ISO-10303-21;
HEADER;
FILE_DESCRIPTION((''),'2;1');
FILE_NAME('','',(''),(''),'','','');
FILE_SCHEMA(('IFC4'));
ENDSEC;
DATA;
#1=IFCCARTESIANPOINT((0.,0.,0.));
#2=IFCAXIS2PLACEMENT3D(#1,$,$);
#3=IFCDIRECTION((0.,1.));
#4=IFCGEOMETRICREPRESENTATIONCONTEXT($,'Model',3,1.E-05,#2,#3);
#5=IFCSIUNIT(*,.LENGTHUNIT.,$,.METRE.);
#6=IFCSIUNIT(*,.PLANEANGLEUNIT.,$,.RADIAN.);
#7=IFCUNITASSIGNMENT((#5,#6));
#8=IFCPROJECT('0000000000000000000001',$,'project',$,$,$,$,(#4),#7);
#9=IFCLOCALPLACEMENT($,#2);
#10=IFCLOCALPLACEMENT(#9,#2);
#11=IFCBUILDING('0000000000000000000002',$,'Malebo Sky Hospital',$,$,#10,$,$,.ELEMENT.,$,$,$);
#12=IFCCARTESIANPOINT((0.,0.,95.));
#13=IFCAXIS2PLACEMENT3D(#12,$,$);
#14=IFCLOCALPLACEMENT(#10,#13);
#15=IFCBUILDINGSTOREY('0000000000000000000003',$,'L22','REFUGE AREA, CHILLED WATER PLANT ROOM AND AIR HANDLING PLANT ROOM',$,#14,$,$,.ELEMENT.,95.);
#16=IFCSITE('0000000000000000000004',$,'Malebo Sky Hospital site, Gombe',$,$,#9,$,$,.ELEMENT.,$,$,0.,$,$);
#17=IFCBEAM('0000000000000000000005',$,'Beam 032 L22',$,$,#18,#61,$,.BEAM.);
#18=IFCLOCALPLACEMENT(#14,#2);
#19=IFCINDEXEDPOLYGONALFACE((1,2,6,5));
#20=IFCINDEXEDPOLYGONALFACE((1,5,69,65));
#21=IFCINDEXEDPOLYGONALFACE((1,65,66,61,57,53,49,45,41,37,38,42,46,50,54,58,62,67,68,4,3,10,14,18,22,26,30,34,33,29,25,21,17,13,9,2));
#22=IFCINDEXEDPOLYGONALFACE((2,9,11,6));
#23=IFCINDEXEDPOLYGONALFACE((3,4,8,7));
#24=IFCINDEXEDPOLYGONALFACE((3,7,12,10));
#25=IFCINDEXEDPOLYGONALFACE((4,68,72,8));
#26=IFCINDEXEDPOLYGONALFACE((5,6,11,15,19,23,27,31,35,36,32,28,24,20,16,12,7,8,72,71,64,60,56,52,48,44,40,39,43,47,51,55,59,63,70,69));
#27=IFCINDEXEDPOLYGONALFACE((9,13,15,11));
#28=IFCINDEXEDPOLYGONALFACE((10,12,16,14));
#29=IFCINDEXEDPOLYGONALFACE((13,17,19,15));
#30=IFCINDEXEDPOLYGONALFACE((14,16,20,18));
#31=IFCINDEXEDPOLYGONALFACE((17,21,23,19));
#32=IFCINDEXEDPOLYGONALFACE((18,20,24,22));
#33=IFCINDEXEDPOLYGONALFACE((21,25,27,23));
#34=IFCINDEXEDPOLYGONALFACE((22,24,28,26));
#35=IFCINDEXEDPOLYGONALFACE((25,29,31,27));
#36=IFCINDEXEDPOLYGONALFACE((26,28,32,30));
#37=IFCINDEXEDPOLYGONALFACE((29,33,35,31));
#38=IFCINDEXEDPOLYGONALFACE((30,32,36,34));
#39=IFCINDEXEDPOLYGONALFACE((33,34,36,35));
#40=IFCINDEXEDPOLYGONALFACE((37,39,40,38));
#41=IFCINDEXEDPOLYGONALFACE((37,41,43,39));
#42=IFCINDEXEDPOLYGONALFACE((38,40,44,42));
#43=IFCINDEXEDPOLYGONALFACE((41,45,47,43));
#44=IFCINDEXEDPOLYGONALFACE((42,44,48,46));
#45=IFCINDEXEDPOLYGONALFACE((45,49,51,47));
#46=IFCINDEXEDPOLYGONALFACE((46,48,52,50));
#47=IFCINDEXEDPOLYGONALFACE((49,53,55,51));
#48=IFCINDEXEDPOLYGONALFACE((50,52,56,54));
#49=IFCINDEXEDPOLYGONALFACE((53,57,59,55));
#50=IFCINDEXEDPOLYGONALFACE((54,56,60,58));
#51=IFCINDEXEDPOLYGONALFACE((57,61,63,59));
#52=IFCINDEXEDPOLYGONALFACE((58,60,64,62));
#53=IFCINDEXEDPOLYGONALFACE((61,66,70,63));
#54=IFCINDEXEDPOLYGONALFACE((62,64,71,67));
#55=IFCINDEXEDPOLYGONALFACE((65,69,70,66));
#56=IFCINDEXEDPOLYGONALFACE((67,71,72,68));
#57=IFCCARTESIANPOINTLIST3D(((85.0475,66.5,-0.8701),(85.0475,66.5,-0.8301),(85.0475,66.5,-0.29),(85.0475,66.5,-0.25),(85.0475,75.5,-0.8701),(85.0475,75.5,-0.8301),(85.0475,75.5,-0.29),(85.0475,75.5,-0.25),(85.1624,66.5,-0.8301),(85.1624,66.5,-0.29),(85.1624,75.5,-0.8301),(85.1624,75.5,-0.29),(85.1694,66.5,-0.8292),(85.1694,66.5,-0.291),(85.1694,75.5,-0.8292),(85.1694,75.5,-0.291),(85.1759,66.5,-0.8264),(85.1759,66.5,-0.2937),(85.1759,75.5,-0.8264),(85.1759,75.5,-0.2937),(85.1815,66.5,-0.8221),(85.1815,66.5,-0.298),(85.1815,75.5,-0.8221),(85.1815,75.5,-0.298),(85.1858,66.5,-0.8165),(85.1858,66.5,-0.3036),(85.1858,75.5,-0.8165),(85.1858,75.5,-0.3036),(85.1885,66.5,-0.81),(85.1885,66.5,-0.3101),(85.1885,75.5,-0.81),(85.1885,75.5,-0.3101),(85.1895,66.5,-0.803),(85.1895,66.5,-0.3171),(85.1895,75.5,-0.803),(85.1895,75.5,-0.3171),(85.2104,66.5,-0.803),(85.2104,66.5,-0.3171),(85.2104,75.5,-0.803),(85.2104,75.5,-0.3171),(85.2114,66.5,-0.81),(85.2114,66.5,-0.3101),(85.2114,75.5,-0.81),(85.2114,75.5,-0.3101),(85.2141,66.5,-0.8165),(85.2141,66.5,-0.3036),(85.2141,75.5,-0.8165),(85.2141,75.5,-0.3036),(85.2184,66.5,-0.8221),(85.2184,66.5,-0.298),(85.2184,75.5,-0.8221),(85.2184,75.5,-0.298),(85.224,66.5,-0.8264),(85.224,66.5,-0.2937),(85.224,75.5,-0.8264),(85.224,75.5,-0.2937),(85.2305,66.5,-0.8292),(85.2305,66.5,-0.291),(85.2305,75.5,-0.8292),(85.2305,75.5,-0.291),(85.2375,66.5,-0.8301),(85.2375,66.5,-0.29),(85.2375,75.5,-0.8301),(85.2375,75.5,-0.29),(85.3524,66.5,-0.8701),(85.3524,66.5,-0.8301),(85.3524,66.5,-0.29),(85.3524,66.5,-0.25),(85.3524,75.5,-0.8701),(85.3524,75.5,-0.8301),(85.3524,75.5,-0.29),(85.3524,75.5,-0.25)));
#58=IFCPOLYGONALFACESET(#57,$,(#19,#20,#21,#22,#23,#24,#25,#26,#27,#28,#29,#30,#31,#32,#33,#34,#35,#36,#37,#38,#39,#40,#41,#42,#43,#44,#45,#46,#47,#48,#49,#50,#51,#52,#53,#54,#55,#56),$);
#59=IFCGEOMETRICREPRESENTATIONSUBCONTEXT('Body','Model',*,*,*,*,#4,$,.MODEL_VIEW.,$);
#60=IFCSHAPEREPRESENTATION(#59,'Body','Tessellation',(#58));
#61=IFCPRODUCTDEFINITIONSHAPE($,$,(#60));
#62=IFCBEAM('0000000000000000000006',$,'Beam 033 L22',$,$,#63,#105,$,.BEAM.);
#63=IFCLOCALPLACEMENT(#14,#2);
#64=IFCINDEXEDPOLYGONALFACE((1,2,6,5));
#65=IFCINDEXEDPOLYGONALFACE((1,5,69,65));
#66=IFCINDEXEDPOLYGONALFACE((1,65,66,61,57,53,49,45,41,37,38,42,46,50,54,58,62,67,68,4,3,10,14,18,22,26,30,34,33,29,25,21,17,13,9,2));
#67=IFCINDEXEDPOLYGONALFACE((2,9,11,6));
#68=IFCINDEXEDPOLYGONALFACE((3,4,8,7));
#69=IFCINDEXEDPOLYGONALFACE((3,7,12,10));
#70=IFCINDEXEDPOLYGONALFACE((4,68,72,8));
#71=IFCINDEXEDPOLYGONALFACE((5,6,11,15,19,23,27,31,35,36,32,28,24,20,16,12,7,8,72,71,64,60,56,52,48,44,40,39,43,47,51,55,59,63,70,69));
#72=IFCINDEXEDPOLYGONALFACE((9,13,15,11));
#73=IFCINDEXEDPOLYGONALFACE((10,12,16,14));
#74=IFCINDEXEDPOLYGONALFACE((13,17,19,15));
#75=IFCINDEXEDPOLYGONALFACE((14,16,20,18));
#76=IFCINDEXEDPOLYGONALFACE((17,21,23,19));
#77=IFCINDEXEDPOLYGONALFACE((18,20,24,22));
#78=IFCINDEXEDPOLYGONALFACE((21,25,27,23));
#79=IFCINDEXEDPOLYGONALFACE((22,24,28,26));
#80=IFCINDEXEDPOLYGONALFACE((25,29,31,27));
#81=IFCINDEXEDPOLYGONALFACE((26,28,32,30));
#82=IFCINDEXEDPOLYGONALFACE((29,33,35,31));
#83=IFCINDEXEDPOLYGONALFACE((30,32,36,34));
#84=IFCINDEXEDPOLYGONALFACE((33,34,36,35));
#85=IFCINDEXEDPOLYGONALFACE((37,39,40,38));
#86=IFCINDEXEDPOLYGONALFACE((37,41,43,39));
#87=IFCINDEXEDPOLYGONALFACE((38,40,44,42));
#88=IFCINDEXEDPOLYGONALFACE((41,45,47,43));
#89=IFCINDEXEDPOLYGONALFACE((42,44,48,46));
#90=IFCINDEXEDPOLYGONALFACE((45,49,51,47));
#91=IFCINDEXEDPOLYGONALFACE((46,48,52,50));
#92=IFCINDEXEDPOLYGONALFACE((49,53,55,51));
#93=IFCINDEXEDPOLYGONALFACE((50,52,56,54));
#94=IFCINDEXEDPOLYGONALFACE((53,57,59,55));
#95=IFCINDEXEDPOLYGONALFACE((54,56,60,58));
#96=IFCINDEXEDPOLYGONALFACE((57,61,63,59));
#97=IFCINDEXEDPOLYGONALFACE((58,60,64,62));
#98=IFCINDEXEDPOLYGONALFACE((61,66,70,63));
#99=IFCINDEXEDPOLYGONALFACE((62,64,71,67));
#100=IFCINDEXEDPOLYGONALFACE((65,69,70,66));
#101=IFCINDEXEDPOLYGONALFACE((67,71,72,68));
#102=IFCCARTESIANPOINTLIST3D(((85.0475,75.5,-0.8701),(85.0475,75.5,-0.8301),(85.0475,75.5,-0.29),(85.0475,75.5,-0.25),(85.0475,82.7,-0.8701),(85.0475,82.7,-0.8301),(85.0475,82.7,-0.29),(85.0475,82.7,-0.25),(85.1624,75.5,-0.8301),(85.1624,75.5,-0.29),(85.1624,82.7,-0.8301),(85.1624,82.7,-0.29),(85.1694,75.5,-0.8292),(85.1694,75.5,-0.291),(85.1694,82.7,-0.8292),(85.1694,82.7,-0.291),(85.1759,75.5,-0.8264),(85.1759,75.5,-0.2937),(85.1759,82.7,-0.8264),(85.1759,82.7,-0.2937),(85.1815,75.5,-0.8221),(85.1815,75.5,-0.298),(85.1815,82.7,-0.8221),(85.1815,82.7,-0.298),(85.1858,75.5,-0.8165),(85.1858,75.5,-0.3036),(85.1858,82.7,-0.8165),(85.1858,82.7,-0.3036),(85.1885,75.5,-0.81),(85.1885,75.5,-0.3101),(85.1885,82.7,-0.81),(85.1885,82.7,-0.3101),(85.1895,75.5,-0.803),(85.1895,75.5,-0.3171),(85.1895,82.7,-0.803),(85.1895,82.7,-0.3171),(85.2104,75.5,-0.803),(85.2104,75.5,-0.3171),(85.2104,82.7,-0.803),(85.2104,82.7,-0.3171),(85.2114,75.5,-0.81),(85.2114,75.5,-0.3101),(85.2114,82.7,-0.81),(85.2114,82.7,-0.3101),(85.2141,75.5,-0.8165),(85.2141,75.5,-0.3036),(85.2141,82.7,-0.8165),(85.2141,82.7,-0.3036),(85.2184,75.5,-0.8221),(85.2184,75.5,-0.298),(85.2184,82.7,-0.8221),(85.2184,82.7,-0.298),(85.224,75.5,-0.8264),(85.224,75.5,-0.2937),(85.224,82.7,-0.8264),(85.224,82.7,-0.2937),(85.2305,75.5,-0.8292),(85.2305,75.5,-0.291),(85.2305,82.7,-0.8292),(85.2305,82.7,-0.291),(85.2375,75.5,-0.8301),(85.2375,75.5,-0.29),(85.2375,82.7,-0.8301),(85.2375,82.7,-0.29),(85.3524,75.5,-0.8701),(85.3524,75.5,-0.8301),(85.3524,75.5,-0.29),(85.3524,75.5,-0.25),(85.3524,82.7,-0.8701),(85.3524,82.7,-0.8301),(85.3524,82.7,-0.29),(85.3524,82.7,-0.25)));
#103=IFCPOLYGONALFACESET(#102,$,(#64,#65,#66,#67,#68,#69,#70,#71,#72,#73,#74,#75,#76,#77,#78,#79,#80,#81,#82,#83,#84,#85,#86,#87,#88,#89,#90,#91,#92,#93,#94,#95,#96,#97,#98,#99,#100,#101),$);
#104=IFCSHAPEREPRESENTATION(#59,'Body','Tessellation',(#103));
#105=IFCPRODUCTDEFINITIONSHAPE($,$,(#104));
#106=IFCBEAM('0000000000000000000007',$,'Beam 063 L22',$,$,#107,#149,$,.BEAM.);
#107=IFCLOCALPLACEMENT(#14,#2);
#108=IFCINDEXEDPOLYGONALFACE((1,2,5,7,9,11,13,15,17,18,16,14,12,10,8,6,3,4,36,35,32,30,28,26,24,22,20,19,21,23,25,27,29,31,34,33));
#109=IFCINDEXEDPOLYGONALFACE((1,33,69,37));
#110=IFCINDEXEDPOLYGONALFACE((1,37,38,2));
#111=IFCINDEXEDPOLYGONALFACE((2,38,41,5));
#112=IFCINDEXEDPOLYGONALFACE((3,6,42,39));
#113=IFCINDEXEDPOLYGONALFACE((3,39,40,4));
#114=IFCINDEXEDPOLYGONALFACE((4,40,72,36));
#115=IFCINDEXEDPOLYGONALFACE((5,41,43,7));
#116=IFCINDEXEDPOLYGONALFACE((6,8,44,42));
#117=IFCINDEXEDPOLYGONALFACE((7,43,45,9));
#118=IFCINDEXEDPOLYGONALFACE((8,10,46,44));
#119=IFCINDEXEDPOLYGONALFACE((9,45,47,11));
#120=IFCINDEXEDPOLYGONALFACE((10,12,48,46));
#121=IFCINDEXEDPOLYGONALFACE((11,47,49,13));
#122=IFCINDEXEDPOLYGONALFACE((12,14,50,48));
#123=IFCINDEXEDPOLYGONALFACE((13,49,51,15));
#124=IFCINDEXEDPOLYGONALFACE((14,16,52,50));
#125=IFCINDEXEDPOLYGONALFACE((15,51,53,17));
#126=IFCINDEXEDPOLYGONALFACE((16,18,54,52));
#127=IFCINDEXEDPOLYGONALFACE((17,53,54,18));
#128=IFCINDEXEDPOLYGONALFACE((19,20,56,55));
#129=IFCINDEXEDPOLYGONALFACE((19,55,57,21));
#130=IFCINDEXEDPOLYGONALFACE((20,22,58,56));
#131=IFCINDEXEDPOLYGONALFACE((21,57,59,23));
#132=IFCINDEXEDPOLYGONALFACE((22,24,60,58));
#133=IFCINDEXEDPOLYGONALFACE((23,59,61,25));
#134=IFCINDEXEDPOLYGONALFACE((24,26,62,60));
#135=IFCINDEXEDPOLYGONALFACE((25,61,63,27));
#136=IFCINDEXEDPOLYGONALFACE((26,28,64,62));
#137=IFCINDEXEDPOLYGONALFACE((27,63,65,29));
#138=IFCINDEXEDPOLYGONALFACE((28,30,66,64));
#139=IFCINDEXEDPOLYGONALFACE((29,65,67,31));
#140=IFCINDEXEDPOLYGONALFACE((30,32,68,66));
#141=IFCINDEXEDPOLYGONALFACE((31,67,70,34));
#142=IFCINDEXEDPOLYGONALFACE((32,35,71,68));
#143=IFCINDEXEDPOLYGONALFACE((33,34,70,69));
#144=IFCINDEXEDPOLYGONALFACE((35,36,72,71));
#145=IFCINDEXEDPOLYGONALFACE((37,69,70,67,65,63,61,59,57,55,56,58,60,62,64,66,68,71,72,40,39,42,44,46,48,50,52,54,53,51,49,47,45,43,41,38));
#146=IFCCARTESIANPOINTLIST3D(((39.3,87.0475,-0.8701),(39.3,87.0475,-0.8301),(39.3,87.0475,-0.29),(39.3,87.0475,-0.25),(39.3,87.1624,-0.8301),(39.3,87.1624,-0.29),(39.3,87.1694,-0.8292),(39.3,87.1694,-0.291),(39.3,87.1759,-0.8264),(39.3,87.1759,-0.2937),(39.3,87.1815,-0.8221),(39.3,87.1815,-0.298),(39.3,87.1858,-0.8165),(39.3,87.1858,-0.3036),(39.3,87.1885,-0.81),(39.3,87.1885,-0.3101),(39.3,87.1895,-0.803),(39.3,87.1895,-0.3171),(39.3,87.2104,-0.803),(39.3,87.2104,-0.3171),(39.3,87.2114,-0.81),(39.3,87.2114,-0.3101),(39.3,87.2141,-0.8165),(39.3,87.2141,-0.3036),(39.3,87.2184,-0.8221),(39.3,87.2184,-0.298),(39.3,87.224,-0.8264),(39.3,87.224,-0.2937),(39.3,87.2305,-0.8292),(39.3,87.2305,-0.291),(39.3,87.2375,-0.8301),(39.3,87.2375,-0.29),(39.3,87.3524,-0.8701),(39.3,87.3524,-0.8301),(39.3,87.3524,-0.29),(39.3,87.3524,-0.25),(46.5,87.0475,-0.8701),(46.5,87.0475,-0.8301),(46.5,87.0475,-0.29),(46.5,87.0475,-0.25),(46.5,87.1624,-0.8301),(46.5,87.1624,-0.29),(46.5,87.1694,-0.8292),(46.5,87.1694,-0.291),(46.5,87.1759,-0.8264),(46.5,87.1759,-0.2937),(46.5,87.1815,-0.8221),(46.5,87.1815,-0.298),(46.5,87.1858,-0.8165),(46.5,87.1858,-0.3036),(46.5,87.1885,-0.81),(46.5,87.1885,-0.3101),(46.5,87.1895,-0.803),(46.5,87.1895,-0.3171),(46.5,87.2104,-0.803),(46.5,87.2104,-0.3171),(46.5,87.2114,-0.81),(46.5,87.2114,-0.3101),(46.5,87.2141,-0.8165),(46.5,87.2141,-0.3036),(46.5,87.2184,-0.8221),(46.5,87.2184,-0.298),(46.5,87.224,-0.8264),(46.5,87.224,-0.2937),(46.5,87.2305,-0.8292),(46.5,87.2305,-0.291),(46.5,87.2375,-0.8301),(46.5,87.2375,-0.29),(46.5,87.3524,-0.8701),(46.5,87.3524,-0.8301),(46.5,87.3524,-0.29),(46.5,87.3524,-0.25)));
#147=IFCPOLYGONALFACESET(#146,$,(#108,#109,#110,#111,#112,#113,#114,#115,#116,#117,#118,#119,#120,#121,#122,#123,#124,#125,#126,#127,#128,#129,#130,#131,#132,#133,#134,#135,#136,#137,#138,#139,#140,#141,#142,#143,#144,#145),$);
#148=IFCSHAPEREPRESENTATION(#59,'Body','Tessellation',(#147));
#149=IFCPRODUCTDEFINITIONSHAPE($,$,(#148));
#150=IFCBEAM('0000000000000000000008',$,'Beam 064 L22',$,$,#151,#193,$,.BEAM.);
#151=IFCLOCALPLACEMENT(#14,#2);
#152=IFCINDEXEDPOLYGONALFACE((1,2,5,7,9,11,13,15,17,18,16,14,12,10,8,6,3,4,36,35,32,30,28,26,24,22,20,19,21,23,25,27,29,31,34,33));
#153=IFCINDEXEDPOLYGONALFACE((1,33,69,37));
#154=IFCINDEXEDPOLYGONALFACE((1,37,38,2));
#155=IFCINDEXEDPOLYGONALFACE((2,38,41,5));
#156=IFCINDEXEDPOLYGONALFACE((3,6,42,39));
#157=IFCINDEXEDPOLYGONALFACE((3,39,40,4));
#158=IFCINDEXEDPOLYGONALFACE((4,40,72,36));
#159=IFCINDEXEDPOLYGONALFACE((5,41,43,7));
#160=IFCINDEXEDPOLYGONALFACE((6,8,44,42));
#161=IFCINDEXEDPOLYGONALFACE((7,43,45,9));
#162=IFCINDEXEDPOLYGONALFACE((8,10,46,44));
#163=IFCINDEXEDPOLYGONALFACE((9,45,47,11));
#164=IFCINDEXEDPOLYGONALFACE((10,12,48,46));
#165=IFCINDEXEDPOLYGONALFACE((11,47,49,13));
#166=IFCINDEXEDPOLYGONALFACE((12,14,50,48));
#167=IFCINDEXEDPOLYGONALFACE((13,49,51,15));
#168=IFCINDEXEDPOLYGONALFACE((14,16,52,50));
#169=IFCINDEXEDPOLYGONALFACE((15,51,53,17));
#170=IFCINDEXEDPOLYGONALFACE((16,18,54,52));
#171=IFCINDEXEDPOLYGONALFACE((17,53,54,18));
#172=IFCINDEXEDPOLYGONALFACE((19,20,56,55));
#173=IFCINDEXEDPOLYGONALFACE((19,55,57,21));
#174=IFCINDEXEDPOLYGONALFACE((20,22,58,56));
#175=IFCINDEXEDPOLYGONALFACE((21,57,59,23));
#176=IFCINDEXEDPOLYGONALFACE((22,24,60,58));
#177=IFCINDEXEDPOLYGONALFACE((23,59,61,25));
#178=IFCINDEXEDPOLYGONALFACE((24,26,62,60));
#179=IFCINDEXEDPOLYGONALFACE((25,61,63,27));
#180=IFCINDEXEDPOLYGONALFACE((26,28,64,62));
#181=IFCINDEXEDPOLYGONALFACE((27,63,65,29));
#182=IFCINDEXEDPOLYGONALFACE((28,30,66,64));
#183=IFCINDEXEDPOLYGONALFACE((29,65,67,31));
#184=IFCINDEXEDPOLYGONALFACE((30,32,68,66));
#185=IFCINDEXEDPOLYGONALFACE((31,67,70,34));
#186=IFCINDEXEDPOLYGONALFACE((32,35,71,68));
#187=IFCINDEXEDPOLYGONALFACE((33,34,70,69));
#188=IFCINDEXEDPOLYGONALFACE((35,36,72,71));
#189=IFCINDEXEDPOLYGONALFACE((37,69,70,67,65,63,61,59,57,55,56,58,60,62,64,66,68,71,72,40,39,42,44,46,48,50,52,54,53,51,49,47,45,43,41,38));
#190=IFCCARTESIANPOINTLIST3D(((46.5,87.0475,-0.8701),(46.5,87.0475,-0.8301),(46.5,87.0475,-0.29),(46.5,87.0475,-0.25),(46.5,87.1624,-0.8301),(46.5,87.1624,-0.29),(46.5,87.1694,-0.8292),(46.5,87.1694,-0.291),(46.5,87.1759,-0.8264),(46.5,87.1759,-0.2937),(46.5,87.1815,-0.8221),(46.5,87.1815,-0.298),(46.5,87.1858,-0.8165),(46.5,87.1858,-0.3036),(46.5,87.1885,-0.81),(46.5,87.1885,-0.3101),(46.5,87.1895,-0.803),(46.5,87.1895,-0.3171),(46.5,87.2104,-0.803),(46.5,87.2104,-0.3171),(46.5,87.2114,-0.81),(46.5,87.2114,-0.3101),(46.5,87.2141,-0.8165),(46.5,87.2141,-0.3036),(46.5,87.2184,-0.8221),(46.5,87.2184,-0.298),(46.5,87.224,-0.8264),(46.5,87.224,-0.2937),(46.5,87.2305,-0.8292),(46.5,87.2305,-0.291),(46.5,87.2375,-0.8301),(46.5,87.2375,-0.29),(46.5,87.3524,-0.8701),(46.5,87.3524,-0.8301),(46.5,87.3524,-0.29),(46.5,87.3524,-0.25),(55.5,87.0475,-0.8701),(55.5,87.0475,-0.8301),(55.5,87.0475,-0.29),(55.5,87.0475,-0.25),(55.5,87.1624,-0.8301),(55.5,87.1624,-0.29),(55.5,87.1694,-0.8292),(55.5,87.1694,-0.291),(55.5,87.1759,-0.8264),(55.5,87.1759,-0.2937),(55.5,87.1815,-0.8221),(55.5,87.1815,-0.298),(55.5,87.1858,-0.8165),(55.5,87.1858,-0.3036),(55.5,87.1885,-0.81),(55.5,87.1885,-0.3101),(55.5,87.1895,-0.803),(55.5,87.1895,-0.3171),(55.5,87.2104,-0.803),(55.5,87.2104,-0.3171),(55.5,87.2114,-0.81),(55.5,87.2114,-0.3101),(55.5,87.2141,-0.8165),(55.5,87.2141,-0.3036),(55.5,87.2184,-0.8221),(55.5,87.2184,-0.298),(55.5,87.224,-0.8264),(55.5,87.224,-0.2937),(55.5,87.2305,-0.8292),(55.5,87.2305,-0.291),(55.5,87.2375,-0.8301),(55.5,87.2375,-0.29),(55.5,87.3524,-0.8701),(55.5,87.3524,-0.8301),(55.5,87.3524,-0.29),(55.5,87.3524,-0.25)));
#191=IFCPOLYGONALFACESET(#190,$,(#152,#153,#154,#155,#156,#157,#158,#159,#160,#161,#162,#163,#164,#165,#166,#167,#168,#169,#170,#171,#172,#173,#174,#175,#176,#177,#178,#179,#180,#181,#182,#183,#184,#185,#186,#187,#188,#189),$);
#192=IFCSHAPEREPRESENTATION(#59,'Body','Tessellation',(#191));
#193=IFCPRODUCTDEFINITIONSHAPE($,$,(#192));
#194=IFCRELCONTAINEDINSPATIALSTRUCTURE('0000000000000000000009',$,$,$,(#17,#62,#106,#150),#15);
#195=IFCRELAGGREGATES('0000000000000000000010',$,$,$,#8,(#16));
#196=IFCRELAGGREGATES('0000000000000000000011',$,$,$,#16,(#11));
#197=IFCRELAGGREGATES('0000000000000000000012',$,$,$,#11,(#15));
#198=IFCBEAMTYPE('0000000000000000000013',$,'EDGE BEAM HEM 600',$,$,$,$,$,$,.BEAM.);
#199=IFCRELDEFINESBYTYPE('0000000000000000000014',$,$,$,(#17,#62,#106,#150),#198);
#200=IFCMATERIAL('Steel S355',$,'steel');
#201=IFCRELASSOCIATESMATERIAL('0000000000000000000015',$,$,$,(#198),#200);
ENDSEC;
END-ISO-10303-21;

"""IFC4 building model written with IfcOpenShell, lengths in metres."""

from ifc_helpers import new_model, si_unit, direction, frame, origin, origin_2d, place, context, subcontext, project, spatial, i_section, extrude, material, material_profile, profile_set, type_object, element, save


model = new_model("IFC4")

# Units and contexts
model_context = context("Model", 3, precision=1e-05, world=origin(), true_north=direction((0.0, 1.0)))
body_context = subcontext(model_context, "Body", "Model", "MODEL_VIEW")
ifc_project = project(units=[si_unit("LENGTHUNIT", "METRE"), si_unit("PLANEANGLEUNIT", "RADIAN")], contexts=[model_context])

# Site, building, storey
site_placement = place(None, origin())
site = spatial("IfcSite", under=ifc_project, at=site_placement, Name="Malebo Sky Hospital site, Gombe", CompositionType="ELEMENT", RefElevation=0.0)
building_placement = place(site_placement, origin())
building = spatial("IfcBuilding", under=site, at=building_placement, Name="Malebo Sky Hospital", CompositionType="ELEMENT")
storey_placement = place(building_placement, frame((0.0, 0.0, 95.0)))
storey = spatial("IfcBuildingStorey", under=building, at=storey_placement, Name="L22", Description="REFUGE AREA, CHILLED WATER PLANT ROOM AND AIR HANDLING PLANT ROOM", CompositionType="ELEMENT", Elevation=95.0)

# Beams
ifc_material_1 = material(Name="Steel S355", Category="steel")
ifc_material_profile_1 = material_profile(ifc_material_1, i_section(OverallWidth=0.3049, OverallDepth=0.6201, WebThickness=0.021, FlangeThickness=0.04, FilletRadius=0.0271, at=origin_2d()), Name="HEM 600")
ifc_profile_set_1 = profile_set([ifc_material_profile_1], Name="Steel S355")
beam_type = type_object("IfcBeamType", Name="EDGE BEAM HEM 600", PredefinedType="BEAM", material=ifc_profile_set_1)
for number, where, z_axis, x_axis, name in (
    (1, (85.2, 66.5, -0.5601), (0.0, 1.0, 0.0), (-1.0, 0.0, 0.0), "Beam 032 L22"),
):
    element("IfcBeam", number, at=place(storey_placement, frame(where, z_axis=z_axis, x_axis=x_axis)), inside=storey, type_object=beam_type, Name=name, PredefinedType="BEAM", context=body_context, shape_type="SweptSolid", body=[
        extrude(i_section(OverallWidth=0.3049, OverallDepth=0.6201, WebThickness=0.021, FlangeThickness=0.04, FilletRadius=0.0271, at=origin_2d()), origin(), (0.0, 0.0, 1.0), 9.0),
    ])
for number, where, z_axis, x_axis, name in (
    (2, (85.2, 75.5, -0.5601), (0.0, 1.0, 0.0), (-1.0, 0.0, 0.0), "Beam 033 L22"),
    (3, (39.3, 87.2, -0.5601), (1.0, 0.0, 0.0), (0.0, 1.0, 0.0), "Beam 063 L22"),
):
    element("IfcBeam", number, at=place(storey_placement, frame(where, z_axis=z_axis, x_axis=x_axis)), inside=storey, type_object=beam_type, Name=name, PredefinedType="BEAM", context=body_context, shape_type="SweptSolid", body=[
        extrude(i_section(OverallWidth=0.3049, OverallDepth=0.6201, WebThickness=0.021, FlangeThickness=0.04, FilletRadius=0.0271, at=origin_2d()), origin(), (0.0, 0.0, 1.0), 7.2),
    ])
for number, where, z_axis, x_axis, name in (
    (4, (46.5, 87.2, -0.5601), (1.0, 0.0, 0.0), (0.0, 1.0, 0.0), "Beam 064 L22"),
):
    element("IfcBeam", number, at=place(storey_placement, frame(where, z_axis=z_axis, x_axis=x_axis)), inside=storey, type_object=beam_type, Name=name, PredefinedType="BEAM", context=body_context, shape_type="SweptSolid", body=[
        extrude(i_section(OverallWidth=0.3049, OverallDepth=0.6201, WebThickness=0.021, FlangeThickness=0.04, FilletRadius=0.0271, at=origin_2d()), origin(), (0.0, 0.0, 1.0), 9.0),
    ])

save(model, "model.ifc")
